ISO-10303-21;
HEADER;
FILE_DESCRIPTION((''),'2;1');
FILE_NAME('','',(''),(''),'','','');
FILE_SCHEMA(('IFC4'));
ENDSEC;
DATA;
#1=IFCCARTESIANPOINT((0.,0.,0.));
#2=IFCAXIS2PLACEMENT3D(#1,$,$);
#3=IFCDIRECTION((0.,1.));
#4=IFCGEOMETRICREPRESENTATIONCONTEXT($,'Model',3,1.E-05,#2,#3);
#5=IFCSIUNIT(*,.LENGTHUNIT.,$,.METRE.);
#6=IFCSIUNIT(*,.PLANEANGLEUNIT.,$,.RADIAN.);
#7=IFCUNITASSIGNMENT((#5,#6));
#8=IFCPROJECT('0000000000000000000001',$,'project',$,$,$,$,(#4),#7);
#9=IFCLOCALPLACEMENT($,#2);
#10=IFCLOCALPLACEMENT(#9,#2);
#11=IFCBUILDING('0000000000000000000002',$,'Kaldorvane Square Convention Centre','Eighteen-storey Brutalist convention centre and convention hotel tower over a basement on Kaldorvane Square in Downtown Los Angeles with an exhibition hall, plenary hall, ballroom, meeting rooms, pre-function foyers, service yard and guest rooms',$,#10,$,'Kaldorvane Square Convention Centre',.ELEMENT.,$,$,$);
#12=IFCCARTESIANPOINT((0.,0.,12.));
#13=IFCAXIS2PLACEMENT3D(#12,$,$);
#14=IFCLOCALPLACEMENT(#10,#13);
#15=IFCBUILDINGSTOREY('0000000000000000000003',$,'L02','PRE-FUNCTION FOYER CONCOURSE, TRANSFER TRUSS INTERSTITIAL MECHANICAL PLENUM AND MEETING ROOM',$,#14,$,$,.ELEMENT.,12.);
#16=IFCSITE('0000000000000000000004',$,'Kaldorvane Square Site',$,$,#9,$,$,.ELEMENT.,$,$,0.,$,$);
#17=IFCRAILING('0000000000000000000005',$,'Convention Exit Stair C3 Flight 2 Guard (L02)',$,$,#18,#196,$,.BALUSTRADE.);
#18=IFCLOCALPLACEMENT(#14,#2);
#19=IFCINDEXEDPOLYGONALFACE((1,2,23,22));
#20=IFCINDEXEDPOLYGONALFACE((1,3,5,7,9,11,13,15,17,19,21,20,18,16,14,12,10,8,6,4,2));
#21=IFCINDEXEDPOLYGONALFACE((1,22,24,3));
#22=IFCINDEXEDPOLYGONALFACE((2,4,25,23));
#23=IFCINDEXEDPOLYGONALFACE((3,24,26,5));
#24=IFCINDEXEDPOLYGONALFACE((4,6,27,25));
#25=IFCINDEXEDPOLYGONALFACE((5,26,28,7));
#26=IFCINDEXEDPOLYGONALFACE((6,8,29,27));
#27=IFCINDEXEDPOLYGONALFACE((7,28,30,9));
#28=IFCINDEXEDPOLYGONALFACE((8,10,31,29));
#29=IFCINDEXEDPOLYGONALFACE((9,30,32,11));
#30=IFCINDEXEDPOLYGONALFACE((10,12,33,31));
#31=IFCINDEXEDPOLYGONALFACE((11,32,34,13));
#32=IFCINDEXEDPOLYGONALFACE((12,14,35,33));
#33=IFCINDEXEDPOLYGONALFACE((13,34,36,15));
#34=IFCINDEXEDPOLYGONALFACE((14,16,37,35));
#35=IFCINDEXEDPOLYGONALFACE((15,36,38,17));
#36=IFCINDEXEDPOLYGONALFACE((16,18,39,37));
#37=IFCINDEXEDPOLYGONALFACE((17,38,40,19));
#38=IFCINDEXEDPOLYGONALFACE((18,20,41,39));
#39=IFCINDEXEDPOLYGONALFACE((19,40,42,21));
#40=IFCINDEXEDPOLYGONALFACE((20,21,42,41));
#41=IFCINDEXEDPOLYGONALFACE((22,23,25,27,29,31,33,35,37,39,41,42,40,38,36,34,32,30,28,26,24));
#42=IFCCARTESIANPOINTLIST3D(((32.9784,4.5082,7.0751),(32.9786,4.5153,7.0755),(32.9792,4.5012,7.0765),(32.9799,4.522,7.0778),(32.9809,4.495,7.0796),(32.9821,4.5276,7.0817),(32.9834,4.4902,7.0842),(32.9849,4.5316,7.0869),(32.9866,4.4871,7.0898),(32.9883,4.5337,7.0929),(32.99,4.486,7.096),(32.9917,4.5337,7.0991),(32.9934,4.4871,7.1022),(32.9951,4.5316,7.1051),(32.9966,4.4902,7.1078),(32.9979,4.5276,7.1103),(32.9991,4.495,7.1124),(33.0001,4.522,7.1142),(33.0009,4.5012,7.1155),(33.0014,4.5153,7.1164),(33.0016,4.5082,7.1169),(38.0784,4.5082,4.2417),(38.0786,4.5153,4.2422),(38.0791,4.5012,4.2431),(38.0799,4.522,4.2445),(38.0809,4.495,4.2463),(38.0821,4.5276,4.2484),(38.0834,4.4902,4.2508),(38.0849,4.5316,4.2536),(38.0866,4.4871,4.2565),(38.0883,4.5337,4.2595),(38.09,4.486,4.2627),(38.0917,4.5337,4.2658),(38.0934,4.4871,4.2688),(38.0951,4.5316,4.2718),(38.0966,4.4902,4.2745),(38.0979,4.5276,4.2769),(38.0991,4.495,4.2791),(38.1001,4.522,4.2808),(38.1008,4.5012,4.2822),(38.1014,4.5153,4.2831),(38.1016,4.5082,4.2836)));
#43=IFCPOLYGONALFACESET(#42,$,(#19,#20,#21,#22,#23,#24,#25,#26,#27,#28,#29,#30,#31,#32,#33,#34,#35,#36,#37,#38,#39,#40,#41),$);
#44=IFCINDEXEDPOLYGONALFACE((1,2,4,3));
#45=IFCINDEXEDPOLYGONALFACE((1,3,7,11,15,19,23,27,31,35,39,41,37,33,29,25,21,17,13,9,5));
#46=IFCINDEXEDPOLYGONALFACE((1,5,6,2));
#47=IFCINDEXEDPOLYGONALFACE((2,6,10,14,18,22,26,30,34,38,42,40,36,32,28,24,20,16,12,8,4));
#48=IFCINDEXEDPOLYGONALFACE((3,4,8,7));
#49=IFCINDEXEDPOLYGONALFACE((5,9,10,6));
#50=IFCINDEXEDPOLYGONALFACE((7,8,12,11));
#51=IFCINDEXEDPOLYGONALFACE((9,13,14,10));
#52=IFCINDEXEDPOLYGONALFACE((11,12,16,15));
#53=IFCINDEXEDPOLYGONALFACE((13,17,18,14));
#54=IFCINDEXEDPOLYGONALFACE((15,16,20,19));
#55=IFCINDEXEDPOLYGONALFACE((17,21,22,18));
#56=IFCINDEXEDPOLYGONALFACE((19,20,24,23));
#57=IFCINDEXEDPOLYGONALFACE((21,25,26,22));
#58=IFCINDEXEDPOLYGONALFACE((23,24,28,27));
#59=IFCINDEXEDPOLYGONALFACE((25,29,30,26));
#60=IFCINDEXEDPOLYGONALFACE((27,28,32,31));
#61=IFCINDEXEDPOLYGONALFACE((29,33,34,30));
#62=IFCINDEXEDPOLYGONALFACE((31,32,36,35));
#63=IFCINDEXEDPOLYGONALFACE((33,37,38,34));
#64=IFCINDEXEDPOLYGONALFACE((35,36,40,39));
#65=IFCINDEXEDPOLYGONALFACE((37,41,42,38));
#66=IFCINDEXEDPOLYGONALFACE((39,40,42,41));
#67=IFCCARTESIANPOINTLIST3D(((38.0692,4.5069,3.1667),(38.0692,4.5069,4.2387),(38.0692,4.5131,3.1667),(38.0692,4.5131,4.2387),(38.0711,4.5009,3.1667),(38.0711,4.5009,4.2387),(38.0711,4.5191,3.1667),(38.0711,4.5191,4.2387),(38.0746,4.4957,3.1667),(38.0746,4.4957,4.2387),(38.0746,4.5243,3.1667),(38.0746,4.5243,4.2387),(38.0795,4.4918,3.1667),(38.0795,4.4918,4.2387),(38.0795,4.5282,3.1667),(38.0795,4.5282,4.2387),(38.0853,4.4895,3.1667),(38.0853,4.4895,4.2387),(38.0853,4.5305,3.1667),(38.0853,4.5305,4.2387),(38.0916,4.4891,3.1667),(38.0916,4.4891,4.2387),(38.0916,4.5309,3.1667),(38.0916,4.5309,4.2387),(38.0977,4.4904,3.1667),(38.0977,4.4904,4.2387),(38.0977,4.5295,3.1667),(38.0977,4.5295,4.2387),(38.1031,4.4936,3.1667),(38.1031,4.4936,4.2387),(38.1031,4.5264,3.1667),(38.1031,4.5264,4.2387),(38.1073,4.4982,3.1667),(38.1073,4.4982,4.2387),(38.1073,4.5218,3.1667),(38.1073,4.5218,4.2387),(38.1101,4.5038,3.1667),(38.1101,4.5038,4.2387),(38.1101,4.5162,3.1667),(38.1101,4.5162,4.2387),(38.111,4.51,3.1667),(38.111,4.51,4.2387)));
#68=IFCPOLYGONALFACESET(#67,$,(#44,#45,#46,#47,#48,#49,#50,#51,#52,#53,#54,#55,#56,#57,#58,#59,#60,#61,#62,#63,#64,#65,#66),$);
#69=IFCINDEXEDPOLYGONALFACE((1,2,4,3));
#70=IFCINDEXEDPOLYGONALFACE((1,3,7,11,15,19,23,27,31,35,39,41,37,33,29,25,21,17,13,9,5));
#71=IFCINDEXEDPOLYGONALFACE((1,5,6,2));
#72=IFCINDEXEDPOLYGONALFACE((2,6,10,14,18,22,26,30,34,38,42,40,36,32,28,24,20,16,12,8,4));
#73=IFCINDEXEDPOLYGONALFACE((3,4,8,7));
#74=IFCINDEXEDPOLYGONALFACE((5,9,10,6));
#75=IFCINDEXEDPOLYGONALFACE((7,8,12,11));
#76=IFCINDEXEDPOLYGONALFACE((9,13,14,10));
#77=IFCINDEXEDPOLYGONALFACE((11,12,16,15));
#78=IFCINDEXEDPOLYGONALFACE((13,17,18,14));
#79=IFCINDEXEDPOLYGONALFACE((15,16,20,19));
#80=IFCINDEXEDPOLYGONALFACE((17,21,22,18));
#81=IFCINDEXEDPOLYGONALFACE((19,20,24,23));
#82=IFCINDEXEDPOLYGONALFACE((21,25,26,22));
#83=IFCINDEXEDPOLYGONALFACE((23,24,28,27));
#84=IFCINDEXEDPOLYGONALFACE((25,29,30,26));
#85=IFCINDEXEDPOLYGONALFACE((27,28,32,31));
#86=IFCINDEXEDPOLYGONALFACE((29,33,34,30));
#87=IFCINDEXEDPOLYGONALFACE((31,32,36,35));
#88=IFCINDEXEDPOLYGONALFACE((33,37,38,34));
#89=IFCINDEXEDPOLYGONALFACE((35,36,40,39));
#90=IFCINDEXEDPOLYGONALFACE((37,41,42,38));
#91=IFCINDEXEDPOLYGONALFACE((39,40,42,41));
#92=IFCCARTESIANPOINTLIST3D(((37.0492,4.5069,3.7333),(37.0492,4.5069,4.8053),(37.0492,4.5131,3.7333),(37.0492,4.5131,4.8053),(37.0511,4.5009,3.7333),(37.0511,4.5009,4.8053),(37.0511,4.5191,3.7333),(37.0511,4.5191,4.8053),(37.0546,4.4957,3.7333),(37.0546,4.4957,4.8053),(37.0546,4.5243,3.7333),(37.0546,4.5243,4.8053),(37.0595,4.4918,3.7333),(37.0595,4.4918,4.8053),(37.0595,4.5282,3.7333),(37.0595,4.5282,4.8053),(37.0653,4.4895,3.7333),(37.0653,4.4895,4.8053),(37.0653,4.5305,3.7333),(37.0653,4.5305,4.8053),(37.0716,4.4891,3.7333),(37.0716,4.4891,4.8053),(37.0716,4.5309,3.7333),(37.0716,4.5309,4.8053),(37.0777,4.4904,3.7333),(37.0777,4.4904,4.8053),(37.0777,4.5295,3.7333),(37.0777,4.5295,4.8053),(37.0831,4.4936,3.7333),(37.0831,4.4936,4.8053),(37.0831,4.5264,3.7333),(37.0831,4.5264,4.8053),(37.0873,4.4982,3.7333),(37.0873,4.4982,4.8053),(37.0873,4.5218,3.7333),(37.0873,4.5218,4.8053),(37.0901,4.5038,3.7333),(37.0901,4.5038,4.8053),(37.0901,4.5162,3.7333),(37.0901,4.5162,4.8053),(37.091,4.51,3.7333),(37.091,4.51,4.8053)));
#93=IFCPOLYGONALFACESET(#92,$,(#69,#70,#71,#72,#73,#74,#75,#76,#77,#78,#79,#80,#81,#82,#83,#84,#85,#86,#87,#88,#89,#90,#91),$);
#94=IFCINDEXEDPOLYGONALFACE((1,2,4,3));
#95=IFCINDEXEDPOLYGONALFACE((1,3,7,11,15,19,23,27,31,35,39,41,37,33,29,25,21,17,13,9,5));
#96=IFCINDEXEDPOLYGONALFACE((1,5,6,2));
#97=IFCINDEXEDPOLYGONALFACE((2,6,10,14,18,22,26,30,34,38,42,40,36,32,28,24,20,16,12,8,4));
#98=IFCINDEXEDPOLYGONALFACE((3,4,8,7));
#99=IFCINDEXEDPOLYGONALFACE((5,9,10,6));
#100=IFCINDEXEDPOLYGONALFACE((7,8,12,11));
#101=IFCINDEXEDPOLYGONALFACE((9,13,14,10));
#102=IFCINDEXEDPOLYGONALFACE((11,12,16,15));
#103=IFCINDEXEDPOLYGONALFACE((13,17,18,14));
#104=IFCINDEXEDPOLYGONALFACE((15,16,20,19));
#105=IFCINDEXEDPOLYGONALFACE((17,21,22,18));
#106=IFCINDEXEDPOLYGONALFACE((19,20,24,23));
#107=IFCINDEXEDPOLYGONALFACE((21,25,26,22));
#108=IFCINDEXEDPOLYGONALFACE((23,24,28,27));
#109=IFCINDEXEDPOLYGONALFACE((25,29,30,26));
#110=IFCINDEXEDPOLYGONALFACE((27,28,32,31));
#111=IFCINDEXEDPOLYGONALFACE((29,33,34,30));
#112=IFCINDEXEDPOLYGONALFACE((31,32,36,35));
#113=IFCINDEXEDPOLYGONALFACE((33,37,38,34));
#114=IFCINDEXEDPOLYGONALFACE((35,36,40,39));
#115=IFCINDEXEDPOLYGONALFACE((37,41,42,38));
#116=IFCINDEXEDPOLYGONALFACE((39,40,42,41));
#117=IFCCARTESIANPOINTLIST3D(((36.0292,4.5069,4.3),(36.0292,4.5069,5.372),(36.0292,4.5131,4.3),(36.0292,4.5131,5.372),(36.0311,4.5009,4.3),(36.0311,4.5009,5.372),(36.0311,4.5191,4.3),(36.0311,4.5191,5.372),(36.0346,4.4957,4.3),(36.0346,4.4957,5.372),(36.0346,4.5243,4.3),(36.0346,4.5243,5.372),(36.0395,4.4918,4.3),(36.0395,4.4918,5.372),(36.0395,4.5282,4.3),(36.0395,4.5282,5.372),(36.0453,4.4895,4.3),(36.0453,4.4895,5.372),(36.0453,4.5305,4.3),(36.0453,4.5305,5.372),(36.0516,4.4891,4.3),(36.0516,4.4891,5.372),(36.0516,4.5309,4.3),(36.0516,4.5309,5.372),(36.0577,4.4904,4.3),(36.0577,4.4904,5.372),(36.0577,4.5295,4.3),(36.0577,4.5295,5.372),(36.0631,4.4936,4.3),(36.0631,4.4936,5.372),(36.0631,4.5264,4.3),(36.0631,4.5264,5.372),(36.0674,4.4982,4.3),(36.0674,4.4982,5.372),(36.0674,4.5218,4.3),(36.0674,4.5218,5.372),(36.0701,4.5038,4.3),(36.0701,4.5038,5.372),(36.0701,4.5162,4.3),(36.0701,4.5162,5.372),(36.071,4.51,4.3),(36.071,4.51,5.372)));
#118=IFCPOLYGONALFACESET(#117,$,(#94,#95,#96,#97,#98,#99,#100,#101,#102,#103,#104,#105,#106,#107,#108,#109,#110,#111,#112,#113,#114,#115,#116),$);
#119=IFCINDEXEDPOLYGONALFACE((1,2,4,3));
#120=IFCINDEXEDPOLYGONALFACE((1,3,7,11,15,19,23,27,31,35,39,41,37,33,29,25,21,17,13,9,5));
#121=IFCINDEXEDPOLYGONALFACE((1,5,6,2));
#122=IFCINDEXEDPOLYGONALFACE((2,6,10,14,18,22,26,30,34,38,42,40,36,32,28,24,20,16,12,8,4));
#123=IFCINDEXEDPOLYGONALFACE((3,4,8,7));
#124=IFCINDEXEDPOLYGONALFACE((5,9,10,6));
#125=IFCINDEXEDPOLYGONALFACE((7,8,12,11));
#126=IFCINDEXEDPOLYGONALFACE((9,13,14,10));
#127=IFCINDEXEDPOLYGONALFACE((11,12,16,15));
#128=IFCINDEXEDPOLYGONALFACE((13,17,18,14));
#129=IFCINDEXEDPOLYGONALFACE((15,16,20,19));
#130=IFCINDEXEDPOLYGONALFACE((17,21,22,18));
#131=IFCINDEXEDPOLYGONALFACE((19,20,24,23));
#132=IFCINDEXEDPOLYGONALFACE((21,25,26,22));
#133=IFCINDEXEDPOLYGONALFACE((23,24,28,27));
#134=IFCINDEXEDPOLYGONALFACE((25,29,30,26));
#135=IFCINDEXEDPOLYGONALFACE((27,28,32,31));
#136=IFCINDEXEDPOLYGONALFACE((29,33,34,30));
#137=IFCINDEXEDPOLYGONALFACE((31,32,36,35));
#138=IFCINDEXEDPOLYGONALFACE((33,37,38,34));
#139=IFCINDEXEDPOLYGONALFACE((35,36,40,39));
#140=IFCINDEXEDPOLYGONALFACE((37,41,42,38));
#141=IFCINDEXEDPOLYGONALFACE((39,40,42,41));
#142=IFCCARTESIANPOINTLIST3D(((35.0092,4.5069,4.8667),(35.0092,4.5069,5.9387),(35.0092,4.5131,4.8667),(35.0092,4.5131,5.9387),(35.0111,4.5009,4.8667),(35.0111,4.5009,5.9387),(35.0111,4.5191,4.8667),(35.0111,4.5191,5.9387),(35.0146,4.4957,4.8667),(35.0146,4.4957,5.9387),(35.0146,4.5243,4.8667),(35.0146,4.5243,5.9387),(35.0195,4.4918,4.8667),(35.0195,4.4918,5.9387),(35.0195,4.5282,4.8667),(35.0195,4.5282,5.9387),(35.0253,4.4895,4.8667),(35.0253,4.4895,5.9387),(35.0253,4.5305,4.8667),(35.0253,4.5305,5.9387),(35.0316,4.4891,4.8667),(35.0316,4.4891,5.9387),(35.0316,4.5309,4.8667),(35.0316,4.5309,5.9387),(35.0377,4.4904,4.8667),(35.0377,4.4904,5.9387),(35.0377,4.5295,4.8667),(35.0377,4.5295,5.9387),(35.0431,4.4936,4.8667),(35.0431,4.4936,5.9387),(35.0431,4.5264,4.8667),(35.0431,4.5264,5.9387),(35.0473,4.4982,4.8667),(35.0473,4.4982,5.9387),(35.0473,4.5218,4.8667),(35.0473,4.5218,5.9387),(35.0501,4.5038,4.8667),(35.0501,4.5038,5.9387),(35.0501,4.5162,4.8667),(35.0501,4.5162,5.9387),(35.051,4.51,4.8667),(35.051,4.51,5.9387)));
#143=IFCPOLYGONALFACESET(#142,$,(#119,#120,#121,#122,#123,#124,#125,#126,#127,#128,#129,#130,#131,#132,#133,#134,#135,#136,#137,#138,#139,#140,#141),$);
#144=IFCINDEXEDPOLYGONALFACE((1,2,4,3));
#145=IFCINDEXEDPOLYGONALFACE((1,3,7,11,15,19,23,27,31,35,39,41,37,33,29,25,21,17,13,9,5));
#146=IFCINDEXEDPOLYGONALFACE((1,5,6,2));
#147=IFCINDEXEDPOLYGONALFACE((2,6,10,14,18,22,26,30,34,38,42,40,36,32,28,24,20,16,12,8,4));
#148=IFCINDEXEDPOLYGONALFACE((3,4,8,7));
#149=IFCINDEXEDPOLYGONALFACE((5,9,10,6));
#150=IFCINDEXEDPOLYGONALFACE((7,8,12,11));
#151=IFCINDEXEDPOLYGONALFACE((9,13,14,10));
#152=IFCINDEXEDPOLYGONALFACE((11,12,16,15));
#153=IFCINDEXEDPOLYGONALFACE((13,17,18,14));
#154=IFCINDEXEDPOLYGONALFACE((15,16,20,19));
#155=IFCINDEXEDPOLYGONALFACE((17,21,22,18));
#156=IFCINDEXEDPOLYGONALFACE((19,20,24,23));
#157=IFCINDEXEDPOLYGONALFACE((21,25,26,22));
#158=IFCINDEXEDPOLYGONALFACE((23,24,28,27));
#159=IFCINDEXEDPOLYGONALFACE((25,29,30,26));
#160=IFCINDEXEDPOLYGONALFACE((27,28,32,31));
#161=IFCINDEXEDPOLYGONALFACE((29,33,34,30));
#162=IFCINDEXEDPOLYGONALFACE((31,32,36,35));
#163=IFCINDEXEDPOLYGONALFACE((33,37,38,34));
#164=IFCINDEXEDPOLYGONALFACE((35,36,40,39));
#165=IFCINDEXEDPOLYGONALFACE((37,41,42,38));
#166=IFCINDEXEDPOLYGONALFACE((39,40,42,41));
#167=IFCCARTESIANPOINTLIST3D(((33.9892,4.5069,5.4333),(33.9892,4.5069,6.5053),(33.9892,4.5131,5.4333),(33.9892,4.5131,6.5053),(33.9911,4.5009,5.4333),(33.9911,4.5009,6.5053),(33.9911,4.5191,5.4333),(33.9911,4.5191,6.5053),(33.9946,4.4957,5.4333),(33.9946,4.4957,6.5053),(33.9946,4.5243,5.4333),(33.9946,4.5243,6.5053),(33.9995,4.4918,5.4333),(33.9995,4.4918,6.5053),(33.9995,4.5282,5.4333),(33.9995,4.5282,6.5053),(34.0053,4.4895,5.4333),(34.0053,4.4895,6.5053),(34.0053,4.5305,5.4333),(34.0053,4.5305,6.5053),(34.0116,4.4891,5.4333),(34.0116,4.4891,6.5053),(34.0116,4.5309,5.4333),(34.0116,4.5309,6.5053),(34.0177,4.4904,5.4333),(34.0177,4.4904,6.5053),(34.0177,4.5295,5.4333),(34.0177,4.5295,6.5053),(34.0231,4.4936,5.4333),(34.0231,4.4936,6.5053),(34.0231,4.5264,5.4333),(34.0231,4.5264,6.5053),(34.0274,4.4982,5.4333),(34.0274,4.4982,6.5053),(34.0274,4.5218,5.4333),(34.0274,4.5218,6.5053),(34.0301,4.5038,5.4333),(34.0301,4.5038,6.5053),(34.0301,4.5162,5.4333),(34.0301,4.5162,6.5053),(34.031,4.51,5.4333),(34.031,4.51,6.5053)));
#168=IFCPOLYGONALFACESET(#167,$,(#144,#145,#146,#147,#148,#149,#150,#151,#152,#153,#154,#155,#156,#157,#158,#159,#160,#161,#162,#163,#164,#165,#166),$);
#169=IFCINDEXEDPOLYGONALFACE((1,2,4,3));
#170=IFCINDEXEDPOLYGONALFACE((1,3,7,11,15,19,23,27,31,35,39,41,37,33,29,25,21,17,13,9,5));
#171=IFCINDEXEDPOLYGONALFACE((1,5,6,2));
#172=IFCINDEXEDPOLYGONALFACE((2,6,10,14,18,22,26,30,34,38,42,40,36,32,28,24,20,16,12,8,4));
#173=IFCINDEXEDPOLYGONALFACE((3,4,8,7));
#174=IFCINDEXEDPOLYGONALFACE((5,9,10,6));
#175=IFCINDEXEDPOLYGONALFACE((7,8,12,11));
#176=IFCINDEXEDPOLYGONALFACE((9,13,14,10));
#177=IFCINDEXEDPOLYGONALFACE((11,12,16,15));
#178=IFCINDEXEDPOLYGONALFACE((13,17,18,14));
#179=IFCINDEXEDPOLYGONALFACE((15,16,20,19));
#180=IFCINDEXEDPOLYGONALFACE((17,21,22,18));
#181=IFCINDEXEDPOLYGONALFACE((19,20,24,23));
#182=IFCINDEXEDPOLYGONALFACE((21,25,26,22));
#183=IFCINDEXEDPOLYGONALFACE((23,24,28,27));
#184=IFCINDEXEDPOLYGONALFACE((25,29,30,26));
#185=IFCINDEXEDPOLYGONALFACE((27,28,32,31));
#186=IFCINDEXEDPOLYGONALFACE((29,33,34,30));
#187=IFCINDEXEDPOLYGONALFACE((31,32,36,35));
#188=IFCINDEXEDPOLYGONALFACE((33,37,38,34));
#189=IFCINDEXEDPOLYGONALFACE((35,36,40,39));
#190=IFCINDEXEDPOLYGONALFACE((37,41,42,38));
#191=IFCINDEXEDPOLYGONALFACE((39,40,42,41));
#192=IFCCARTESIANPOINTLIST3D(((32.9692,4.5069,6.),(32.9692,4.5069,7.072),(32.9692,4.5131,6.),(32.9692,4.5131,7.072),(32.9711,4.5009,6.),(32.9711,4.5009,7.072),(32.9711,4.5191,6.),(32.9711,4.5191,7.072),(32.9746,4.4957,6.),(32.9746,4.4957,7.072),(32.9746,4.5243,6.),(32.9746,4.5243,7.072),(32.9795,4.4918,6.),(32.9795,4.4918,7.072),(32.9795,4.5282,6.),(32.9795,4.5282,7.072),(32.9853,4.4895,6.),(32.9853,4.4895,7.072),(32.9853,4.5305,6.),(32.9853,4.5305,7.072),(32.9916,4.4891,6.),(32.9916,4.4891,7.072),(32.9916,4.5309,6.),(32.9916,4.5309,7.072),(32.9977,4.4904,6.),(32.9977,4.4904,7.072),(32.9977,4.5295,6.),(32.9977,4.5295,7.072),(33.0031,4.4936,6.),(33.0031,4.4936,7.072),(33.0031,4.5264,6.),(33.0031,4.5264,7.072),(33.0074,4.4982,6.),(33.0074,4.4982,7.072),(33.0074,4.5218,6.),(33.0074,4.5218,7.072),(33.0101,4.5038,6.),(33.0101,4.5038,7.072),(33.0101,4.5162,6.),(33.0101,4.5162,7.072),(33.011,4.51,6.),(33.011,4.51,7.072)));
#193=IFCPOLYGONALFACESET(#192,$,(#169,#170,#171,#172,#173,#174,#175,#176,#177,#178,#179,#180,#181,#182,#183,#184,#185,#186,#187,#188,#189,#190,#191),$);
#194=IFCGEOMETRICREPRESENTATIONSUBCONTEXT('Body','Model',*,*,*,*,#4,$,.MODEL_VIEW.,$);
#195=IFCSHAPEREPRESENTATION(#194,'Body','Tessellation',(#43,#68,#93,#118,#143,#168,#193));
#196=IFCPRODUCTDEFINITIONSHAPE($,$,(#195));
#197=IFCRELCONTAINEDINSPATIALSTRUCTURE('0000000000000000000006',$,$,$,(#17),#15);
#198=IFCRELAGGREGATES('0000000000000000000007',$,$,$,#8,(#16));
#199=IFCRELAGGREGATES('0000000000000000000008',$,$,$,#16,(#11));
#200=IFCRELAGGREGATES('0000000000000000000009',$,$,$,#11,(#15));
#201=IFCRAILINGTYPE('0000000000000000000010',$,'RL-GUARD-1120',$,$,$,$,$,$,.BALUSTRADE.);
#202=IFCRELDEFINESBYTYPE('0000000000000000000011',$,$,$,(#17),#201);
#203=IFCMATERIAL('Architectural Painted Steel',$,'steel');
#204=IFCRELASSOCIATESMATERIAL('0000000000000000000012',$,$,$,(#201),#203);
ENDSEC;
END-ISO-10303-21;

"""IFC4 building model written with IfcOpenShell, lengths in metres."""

from ifc_helpers import new_model, si_unit, direction, frame, origin, origin_2d, place, context, subcontext, project, spatial, circle, extrude, material, type_object, element, save


model = new_model("IFC4")

# Units and contexts
model_context = context("Model", 3, precision=1e-05, world=origin(), true_north=direction((0.0, 1.0)))
body_context = subcontext(model_context, "Body", "Model", "MODEL_VIEW")
ifc_project = project(units=[si_unit("LENGTHUNIT", "METRE"), si_unit("PLANEANGLEUNIT", "RADIAN")], contexts=[model_context])

# Site, building, storey
site_placement = place(None, origin())
site = spatial("IfcSite", under=ifc_project, at=site_placement, Name="Kaldorvane Square Site", CompositionType="ELEMENT", RefElevation=0.0)
building_placement = place(site_placement, origin())
building = spatial("IfcBuilding", under=site, at=building_placement, Name="Kaldorvane Square Convention Centre", Description="Eighteen-storey Brutalist convention centre and convention hotel tower over a basement on Kaldorvane Square in Downtown Los Angeles with an exhibition hall, plenary hall, ballroom, meeting rooms, pre-function foyers, service yard and guest rooms", LongName="Kaldorvane Square Convention Centre", CompositionType="ELEMENT")
storey_placement = place(building_placement, frame((0.0, 0.0, 12.0)))
storey = spatial("IfcBuildingStorey", under=building, at=storey_placement, Name="L02", Description="PRE-FUNCTION FOYER CONCOURSE, TRANSFER TRUSS INTERSTITIAL MECHANICAL PLENUM AND MEETING ROOM", CompositionType="ELEMENT", Elevation=12.0)

# Railing
ifc_material_1 = material(Name="Architectural Painted Steel", Category="steel")
railing_type_1 = type_object("IfcRailingType", Name="RL-GUARD-1120", PredefinedType="BALUSTRADE", material=ifc_material_1)
railing_1_placement = place(storey_placement, frame((38.09, 4.51, 3.1667)))
element("IfcRailing", 1, at=railing_1_placement, inside=storey, type_object=railing_type_1, Name="Convention Exit Stair C3 Flight 2 Guard (L02)", PredefinedType="BALUSTRADE", context=body_context, shape_type="SweptSolid", body=[
    extrude(circle(Radius=0.024, at=origin_2d()), frame((0.0, 0.0, 1.096), z_axis=(-0.874157, 0.0, 0.485643), x_axis=(0.0, -1.0, 0.0)), (0.0, 0.0, 1.0), 5.8342),
    extrude(circle(Radius=0.021, at=origin_2d()), origin(), (0.0, 0.0, 1.0), 1.072),
    extrude(circle(Radius=0.021, at=origin_2d()), frame((-1.02, 0.0, 0.5667)), (0.0, 0.0, 1.0), 1.072),
    extrude(circle(Radius=0.021, at=origin_2d()), frame((-2.04, 0.0, 1.1333)), (0.0, 0.0, 1.0), 1.072),
    extrude(circle(Radius=0.021, at=origin_2d()), frame((-3.06, 0.0, 1.7)), (0.0, 0.0, 1.0), 1.072),
    extrude(circle(Radius=0.021, at=origin_2d()), frame((-4.08, 0.0, 2.2667)), (0.0, 0.0, 1.0), 1.072),
    extrude(circle(Radius=0.021, at=origin_2d()), frame((-5.1, 0.0, 2.8333)), (0.0, 0.0, 1.0), 1.072),
])

save(model, "model.ifc")
